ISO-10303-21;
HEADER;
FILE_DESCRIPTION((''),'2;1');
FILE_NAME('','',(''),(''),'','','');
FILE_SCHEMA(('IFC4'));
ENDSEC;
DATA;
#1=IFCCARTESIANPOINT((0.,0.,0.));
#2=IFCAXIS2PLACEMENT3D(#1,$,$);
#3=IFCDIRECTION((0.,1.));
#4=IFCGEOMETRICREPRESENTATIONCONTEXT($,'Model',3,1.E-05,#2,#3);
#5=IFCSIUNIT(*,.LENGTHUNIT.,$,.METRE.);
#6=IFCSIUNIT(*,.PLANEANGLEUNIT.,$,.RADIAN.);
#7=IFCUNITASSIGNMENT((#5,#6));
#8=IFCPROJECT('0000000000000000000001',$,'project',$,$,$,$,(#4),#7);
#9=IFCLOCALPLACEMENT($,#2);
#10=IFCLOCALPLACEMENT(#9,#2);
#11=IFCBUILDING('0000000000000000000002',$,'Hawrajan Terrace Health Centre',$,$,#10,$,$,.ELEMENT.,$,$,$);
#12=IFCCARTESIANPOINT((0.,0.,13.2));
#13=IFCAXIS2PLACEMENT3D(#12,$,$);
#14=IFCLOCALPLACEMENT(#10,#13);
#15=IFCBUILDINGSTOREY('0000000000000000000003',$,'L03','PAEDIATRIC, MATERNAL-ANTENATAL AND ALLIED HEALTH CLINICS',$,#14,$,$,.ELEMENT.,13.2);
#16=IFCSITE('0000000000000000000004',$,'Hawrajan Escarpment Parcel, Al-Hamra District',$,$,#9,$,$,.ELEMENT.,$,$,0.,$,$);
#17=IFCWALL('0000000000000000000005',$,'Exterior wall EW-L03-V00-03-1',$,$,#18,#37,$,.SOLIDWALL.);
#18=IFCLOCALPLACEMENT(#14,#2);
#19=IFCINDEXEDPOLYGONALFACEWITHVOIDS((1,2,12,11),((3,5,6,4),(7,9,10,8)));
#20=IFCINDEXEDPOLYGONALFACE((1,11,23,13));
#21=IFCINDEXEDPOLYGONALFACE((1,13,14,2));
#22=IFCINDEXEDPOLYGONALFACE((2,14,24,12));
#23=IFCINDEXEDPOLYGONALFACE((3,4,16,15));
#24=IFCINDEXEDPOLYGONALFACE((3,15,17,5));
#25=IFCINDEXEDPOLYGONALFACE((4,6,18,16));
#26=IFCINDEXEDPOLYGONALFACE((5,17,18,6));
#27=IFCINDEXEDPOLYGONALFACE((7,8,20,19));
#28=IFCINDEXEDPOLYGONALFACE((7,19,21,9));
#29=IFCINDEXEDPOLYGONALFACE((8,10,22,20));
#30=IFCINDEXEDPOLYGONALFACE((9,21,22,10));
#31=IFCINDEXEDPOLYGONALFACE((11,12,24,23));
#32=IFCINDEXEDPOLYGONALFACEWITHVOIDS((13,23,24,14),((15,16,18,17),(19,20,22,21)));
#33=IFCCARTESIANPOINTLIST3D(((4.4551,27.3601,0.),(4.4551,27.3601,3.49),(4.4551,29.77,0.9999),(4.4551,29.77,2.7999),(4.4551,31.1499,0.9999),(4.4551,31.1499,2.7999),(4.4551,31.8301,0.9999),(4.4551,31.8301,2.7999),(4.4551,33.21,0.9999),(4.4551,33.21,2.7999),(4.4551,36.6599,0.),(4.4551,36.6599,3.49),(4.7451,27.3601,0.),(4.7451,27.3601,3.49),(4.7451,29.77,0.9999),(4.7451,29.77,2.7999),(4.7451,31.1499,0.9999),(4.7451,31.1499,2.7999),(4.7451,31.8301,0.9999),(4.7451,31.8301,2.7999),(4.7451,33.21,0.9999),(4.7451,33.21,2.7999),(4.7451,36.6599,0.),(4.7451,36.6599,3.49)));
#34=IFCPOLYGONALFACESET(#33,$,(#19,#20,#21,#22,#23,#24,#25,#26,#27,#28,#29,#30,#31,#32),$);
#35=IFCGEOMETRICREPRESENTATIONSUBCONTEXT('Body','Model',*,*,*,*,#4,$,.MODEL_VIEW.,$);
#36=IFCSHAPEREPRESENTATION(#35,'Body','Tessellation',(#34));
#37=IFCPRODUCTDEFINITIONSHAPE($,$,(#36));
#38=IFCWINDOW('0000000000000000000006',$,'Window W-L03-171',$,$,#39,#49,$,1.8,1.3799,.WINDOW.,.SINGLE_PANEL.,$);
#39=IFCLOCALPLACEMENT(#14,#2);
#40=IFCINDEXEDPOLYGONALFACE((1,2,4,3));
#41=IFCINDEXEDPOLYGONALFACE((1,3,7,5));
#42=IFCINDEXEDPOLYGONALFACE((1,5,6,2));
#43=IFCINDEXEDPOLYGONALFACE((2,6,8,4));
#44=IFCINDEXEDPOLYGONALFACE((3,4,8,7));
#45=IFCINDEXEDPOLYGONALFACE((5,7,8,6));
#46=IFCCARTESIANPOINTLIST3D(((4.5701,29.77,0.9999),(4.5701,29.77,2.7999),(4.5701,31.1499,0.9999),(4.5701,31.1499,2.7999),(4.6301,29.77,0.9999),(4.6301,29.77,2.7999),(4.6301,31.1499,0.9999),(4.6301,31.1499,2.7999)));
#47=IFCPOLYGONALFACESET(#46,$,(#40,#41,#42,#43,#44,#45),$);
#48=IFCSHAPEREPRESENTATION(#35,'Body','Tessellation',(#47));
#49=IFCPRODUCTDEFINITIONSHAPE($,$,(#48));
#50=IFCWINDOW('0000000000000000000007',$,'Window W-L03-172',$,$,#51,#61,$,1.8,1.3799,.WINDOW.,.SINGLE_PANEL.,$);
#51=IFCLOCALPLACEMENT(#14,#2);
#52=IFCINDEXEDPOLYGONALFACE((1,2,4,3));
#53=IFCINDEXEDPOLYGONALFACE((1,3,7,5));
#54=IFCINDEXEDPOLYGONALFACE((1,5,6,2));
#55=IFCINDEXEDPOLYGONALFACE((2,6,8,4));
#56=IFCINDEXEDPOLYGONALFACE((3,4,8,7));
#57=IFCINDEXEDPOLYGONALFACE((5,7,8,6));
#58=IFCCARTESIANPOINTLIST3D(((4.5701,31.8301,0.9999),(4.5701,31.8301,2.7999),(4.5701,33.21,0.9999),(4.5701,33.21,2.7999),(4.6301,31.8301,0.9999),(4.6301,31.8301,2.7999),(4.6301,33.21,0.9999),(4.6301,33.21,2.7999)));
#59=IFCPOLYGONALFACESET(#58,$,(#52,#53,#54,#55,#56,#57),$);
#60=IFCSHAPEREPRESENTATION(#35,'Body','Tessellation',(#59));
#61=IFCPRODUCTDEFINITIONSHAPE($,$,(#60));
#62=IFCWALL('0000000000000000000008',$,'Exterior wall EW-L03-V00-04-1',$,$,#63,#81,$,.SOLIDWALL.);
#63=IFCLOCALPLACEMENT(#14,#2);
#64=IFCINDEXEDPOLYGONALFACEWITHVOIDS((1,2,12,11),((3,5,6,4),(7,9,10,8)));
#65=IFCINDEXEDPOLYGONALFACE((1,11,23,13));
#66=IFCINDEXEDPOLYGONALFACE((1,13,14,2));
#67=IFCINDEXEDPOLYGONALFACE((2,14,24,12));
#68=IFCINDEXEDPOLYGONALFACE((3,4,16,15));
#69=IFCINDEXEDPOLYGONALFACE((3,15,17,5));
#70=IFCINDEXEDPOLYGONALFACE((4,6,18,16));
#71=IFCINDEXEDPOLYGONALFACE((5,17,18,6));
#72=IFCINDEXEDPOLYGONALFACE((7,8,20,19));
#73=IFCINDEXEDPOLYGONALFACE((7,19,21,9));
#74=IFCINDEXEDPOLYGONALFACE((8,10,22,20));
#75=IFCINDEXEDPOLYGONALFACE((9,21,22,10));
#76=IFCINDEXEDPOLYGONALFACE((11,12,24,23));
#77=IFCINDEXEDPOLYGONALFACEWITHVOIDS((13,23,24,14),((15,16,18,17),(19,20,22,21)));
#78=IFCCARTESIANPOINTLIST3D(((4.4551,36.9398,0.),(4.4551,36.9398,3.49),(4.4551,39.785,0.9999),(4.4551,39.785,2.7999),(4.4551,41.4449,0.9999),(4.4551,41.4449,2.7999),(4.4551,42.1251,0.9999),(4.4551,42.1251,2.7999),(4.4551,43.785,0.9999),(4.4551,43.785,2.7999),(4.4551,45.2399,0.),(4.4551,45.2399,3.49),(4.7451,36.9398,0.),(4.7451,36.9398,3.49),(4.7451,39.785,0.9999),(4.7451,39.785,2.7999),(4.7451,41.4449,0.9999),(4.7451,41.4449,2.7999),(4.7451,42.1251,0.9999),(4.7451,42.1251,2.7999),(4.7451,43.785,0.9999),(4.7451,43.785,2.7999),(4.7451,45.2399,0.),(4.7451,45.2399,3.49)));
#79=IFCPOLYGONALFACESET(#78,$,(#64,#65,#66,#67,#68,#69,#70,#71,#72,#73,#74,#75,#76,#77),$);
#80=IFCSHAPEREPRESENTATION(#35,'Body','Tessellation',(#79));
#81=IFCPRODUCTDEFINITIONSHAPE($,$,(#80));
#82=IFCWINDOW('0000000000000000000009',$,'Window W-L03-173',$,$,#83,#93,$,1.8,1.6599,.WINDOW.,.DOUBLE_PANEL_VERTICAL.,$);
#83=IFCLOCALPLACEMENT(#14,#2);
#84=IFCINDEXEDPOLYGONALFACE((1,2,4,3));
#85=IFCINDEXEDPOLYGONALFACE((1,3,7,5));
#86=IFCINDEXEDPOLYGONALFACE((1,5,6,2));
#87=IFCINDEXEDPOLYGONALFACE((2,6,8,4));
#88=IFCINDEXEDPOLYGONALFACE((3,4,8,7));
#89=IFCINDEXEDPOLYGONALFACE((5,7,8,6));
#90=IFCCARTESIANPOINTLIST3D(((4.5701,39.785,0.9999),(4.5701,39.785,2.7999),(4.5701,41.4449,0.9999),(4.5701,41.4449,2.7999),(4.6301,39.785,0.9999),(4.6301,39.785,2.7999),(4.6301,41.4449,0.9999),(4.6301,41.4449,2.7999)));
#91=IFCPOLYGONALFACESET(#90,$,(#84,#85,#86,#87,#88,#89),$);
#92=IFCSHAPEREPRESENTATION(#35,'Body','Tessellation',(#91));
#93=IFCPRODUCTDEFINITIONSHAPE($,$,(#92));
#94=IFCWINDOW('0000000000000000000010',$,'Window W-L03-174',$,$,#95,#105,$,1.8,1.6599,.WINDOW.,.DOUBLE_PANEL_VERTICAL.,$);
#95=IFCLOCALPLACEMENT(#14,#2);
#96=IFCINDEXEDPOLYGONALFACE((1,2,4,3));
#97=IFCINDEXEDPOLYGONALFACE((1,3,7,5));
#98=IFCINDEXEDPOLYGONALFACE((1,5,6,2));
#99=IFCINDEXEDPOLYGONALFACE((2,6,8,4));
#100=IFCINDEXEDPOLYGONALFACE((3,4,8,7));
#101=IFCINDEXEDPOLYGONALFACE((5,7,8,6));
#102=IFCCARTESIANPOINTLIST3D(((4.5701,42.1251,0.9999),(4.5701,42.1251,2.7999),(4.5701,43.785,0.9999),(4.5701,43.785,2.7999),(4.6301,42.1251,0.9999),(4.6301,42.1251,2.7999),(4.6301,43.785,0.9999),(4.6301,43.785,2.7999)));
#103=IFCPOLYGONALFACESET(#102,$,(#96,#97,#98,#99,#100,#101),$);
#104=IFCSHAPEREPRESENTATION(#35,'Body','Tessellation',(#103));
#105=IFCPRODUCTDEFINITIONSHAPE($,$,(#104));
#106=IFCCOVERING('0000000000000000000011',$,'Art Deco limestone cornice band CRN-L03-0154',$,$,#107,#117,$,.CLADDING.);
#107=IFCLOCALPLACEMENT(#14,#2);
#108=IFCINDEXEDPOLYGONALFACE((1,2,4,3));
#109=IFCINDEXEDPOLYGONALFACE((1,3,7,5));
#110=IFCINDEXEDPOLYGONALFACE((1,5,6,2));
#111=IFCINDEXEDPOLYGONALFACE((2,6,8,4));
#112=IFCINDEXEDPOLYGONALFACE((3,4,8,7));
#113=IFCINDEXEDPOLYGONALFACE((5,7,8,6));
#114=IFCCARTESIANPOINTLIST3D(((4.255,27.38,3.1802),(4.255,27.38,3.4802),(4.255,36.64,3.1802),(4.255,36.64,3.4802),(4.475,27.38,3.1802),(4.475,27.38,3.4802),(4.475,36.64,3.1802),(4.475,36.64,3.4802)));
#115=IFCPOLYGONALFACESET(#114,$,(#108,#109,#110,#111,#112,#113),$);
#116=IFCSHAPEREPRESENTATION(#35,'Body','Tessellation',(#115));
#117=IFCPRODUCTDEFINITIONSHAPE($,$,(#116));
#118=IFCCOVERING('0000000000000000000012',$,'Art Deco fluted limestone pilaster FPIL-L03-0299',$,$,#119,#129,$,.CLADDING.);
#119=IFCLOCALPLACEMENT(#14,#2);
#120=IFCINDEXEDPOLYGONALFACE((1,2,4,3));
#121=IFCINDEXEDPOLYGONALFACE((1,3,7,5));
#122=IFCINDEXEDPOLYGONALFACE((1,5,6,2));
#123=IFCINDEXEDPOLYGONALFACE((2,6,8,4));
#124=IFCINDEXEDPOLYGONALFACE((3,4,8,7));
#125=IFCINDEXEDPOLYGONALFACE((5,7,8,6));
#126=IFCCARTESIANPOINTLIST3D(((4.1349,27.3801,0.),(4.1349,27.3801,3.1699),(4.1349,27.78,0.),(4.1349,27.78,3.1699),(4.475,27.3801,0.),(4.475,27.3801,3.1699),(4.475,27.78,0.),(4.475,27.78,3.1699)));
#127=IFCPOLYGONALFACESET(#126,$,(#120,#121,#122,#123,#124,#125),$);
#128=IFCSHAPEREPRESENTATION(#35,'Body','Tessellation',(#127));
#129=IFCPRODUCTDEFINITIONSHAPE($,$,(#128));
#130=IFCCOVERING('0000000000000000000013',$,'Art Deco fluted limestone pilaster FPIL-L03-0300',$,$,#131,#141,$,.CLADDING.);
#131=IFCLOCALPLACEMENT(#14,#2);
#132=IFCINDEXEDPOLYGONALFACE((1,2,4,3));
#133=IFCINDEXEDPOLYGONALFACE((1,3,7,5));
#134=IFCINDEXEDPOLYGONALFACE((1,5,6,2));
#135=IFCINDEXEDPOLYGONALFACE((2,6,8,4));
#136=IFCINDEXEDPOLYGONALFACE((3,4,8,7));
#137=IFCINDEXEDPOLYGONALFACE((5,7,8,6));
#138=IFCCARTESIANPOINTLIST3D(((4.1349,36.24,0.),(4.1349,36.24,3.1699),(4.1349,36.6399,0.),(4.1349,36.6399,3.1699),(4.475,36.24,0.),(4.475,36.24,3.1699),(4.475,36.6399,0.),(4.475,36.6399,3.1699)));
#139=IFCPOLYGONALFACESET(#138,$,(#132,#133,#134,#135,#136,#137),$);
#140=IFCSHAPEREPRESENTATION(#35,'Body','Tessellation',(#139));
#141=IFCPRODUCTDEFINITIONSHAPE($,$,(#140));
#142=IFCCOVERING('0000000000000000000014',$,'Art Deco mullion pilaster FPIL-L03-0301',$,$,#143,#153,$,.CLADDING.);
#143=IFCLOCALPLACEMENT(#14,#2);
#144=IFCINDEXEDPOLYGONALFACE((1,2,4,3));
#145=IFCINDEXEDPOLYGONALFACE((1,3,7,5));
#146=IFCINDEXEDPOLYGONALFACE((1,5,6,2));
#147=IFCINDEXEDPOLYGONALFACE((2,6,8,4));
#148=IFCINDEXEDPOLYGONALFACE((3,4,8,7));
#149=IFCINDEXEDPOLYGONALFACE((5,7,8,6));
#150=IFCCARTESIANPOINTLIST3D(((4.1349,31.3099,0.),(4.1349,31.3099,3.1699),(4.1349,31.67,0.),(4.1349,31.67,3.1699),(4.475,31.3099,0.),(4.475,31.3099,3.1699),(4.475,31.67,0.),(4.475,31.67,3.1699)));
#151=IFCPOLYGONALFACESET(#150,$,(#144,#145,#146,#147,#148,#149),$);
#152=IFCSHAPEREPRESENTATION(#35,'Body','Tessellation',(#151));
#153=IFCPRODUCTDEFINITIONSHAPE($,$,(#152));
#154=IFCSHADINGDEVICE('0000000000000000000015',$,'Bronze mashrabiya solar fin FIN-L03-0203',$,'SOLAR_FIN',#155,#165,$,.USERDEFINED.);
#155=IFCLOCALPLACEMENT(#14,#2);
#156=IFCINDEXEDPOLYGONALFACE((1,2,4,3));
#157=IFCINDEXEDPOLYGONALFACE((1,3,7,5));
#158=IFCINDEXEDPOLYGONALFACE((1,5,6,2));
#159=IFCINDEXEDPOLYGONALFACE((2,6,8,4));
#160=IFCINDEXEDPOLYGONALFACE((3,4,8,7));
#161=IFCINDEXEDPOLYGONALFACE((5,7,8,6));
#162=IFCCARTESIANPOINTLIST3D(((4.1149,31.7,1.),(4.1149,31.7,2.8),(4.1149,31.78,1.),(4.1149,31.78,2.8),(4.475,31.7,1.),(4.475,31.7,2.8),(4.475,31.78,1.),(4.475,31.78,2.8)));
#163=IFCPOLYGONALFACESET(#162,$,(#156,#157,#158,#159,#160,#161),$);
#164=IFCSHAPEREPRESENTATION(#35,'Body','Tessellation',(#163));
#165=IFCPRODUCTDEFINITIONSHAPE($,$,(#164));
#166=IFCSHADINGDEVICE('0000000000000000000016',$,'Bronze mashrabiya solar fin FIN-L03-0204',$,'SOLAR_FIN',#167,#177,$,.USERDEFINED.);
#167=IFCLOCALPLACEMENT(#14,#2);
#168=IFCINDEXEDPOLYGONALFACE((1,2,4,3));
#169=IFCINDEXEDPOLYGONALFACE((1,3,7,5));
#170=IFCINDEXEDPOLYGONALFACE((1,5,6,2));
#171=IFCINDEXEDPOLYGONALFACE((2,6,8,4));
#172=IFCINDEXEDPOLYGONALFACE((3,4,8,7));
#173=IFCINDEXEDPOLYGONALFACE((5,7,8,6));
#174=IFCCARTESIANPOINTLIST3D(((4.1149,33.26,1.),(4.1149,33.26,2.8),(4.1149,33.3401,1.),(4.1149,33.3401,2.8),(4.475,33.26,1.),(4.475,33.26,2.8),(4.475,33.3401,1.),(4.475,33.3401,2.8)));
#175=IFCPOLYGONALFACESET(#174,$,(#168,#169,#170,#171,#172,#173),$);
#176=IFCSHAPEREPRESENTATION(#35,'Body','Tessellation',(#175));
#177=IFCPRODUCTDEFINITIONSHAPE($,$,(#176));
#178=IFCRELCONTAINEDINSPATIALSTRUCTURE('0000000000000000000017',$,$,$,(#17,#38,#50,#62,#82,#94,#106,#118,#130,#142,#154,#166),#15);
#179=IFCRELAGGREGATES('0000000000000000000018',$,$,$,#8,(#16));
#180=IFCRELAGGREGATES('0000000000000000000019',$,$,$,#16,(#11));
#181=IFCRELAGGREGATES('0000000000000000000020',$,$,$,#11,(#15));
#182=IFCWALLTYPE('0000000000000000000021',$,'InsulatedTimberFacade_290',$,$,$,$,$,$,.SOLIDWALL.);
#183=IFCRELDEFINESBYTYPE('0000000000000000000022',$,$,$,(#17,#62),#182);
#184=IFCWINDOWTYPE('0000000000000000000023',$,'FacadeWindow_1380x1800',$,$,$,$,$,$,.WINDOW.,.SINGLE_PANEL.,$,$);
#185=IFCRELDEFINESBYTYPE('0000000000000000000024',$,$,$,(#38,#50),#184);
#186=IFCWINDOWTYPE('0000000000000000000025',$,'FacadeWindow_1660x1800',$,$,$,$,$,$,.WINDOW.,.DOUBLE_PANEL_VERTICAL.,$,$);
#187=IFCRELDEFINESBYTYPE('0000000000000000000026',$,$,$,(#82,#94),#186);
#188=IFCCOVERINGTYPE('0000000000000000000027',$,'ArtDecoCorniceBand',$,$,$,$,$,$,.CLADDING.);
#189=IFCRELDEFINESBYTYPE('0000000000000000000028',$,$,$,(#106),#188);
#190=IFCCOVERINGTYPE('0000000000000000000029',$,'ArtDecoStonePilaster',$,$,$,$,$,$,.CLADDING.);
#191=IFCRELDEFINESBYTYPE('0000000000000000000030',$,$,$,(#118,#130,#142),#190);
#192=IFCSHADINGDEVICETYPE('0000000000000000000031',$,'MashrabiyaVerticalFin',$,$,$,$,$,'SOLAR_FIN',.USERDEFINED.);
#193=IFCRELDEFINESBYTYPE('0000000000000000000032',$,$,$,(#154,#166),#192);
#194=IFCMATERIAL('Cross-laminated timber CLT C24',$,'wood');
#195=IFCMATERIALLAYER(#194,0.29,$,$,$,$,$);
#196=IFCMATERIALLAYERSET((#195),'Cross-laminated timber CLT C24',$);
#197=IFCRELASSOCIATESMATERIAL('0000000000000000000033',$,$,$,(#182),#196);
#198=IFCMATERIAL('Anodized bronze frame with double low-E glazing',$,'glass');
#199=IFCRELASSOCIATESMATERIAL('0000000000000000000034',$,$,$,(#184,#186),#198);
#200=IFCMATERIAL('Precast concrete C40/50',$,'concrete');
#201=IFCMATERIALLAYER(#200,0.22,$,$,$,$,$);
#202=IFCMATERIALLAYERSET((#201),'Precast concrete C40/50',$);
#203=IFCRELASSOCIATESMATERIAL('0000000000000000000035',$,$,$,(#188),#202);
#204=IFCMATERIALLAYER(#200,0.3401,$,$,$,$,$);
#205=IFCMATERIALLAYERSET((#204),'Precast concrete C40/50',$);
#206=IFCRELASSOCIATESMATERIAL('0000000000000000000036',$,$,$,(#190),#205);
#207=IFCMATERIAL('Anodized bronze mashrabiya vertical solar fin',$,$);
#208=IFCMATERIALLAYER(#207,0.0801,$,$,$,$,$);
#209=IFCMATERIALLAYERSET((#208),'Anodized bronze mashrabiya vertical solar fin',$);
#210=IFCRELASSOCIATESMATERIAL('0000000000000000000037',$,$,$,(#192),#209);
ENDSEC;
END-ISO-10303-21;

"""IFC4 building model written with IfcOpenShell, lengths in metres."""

from ifc_helpers import new_model, si_unit, direction, frame, frame_2d, origin, origin_2d, place, context, subcontext, project, spatial, rectangle, extrude, material, layer, layer_set, type_object, element, fill, save


model = new_model("IFC4")

# Units and contexts
model_context = context("Model", 3, precision=1e-05, world=origin(), true_north=direction((0.0, 1.0)))
body_context = subcontext(model_context, "Body", "Model", "MODEL_VIEW")
ifc_project = project(units=[si_unit("LENGTHUNIT", "METRE"), si_unit("PLANEANGLEUNIT", "RADIAN")], contexts=[model_context])

# Site, building, storey
site_placement = place(None, origin())
site = spatial("IfcSite", under=ifc_project, at=site_placement, Name="Hawrajan Escarpment Parcel, Al-Hamra District", CompositionType="ELEMENT", RefElevation=0.0)
building_placement = place(site_placement, origin())
building = spatial("IfcBuilding", under=site, at=building_placement, Name="Hawrajan Terrace Health Centre", CompositionType="ELEMENT")
storey_placement = place(building_placement, frame((0.0, 0.0, 13.2)))
storey = spatial("IfcBuildingStorey", under=building, at=storey_placement, Name="L03", Description="PAEDIATRIC, MATERNAL-ANTENATAL AND ALLIED HEALTH CLINICS", CompositionType="ELEMENT", Elevation=13.2)

# Walls, openings, windows
ifc_material_1 = material(Name="Cross-laminated timber CLT C24", Category="wood")
ifc_layer_1 = layer(ifc_material_1, 0.29)
ifc_layer_set_1 = layer_set([ifc_layer_1], Name="Cross-laminated timber CLT C24")
wall_type_1 = type_object("IfcWallType", Name="InsulatedTimberFacade_290", PredefinedType="SOLIDWALL", material=ifc_layer_set_1)
wall_1_placement = place(storey_placement, frame((4.6001, 27.3601, 0.0), z_axis=(0.0, 0.0, 1.0), x_axis=(0.0, 1.0, 0.0)))
wall_1 = element("IfcWall", 1, at=wall_1_placement, inside=storey, type_object=wall_type_1, Name="Exterior wall EW-L03-V00-03-1", PredefinedType="SOLIDWALL", context=body_context, shape_type="SweptSolid", body=[
    extrude(rectangle(XDim=9.2998, YDim=0.29, at=frame_2d((4.6499, 0.0))), origin(), (0.0, 0.0, 1.0), 3.49),
])
opening_1_placement = place(wall_1_placement, frame((2.4099, 0.0, 1.0)))
opening_1 = element("IfcOpeningElement", 2, at=opening_1_placement, cuts=wall_1, PredefinedType="OPENING", context=body_context, shape_type="SweptSolid", body=[
    extrude(rectangle(XDim=1.3799, YDim=1.8, at=frame_2d((0.6899, 0.8999))), frame((0.0, 0.155, 0.0), z_axis=(0.0, -1.0, 0.0), x_axis=(1.0, 0.0, 0.0)), (0.0, 0.0, 1.0), 0.3101),
])
opening_2_placement = place(wall_1_placement, frame((4.47, 0.0, 1.0)))
opening_2 = element("IfcOpeningElement", 3, at=opening_2_placement, cuts=wall_1, PredefinedType="OPENING", context=body_context, shape_type="SweptSolid", body=[
    extrude(rectangle(XDim=1.3799, YDim=1.8, at=frame_2d((0.6899, 0.8999))), frame((0.0, 0.155, 0.0), z_axis=(0.0, -1.0, 0.0), x_axis=(1.0, 0.0, 0.0)), (0.0, 0.0, 1.0), 0.3101),
])
ifc_material_2 = material(Name="Anodized bronze frame with double low-E glazing", Category="glass")
window_type_1 = type_object("IfcWindowType", Name="FacadeWindow_1380x1800", PartitioningType="SINGLE_PANEL", PredefinedType="WINDOW", material=ifc_material_2)
window_1_placement = place(opening_1_placement, origin())
window_1 = element("IfcWindow", 4, at=window_1_placement, inside=storey, type_object=window_type_1, Name="Window W-L03-171", OverallHeight=1.8, OverallWidth=1.3799, PartitioningType="SINGLE_PANEL", PredefinedType="WINDOW", context=body_context, shape_type="SweptSolid", body=[
    extrude(rectangle(XDim=1.3799, YDim=1.8, at=frame_2d((0.6899, 0.8999))), frame((0.0, 0.03, 0.0), z_axis=(0.0, -1.0, 0.0), x_axis=(1.0, 0.0, 0.0)), (0.0, 0.0, 1.0), 0.0601),
])
fill(opening_1, window_1)
window_2_placement = place(opening_2_placement, origin())
window_2 = element("IfcWindow", 5, at=window_2_placement, inside=storey, type_object=window_type_1, Name="Window W-L03-172", OverallHeight=1.8, OverallWidth=1.3799, PartitioningType="SINGLE_PANEL", PredefinedType="WINDOW", context=body_context, shape_type="SweptSolid", body=[
    extrude(rectangle(XDim=1.3799, YDim=1.8, at=frame_2d((0.6899, 0.8999))), frame((0.0, 0.03, 0.0), z_axis=(0.0, -1.0, 0.0), x_axis=(1.0, 0.0, 0.0)), (0.0, 0.0, 1.0), 0.0601),
])
fill(opening_2, window_2)
wall_2_placement = place(storey_placement, frame((4.6001, 36.9399, 0.0), z_axis=(0.0, 0.0, 1.0), x_axis=(0.0, 1.0, 0.0)))
wall_2 = element("IfcWall", 6, at=wall_2_placement, inside=storey, type_object=wall_type_1, Name="Exterior wall EW-L03-V00-04-1", PredefinedType="SOLIDWALL", context=body_context, shape_type="SweptSolid", body=[
    extrude(rectangle(XDim=8.3, YDim=0.29, at=frame_2d((4.1499, 0.0))), origin(), (0.0, 0.0, 1.0), 3.49),
])
opening_3_placement = place(wall_2_placement, frame((2.845, 0.0, 1.0)))
opening_3 = element("IfcOpeningElement", 7, at=opening_3_placement, cuts=wall_2, PredefinedType="OPENING", context=body_context, shape_type="SweptSolid", body=[
    extrude(rectangle(XDim=1.6599, YDim=1.8, at=frame_2d((0.8301, 0.8999))), frame((0.0, 0.155, 0.0), z_axis=(0.0, -1.0, 0.0), x_axis=(1.0, 0.0, 0.0)), (0.0, 0.0, 1.0), 0.3101),
])
opening_4_placement = place(wall_2_placement, frame((5.1851, 0.0, 1.0)))
opening_4 = element("IfcOpeningElement", 8, at=opening_4_placement, cuts=wall_2, PredefinedType="OPENING", context=body_context, shape_type="SweptSolid", body=[
    extrude(rectangle(XDim=1.6599, YDim=1.8, at=frame_2d((0.8301, 0.8999))), frame((0.0, 0.155, 0.0), z_axis=(0.0, -1.0, 0.0), x_axis=(1.0, 0.0, 0.0)), (0.0, 0.0, 1.0), 0.3101),
])
window_type_2 = type_object("IfcWindowType", Name="FacadeWindow_1660x1800", PartitioningType="DOUBLE_PANEL_VERTICAL", PredefinedType="WINDOW", material=ifc_material_2)
window_3_placement = place(opening_3_placement, origin())
window_3 = element("IfcWindow", 9, at=window_3_placement, inside=storey, type_object=window_type_2, Name="Window W-L03-173", OverallHeight=1.8, OverallWidth=1.6599, PartitioningType="DOUBLE_PANEL_VERTICAL", PredefinedType="WINDOW", context=body_context, shape_type="SweptSolid", body=[
    extrude(rectangle(XDim=1.6599, YDim=1.8, at=frame_2d((0.8301, 0.8999))), frame((0.0, 0.03, 0.0), z_axis=(0.0, -1.0, 0.0), x_axis=(1.0, 0.0, 0.0)), (0.0, 0.0, 1.0), 0.0601),
])
fill(opening_3, window_3)
window_4_placement = place(opening_4_placement, origin())
window_4 = element("IfcWindow", 10, at=window_4_placement, inside=storey, type_object=window_type_2, Name="Window W-L03-174", OverallHeight=1.8, OverallWidth=1.6599, PartitioningType="DOUBLE_PANEL_VERTICAL", PredefinedType="WINDOW", context=body_context, shape_type="SweptSolid", body=[
    extrude(rectangle(XDim=1.6599, YDim=1.8, at=frame_2d((0.8301, 0.8999))), frame((0.0, 0.03, 0.0), z_axis=(0.0, -1.0, 0.0), x_axis=(1.0, 0.0, 0.0)), (0.0, 0.0, 1.0), 0.0601),
])
fill(opening_4, window_4)

# Coverings
ifc_material_3 = material(Name="Precast concrete C40/50", Category="concrete")
ifc_layer_2 = layer(ifc_material_3, 0.22)
ifc_layer_set_2 = layer_set([ifc_layer_2], Name="Precast concrete C40/50")
covering_type_1 = type_object("IfcCoveringType", Name="ArtDecoCorniceBand", PredefinedType="CLADDING", material=ifc_layer_set_2)
covering_1_placement = place(storey_placement, frame((4.365, 32.01, 3.1802), z_axis=(0.0, 0.0, 1.0), x_axis=(0.0, 1.0, 0.0)))
element("IfcCovering", 11, at=covering_1_placement, inside=storey, type_object=covering_type_1, Name="Art Deco limestone cornice band CRN-L03-0154", PredefinedType="CLADDING", context=body_context, shape_type="SweptSolid", body=[
    extrude(rectangle(XDim=9.26, YDim=0.22, at=origin_2d()), origin(), (0.0, 0.0, 1.0), 0.3),
])
ifc_layer_3 = layer(ifc_material_3, 0.3401)
ifc_layer_set_3 = layer_set([ifc_layer_3], Name="Precast concrete C40/50")
covering_type_2 = type_object("IfcCoveringType", Name="ArtDecoStonePilaster", PredefinedType="CLADDING", material=ifc_layer_set_3)
for number, where, z_axis, x_axis, name in (
    (12, (4.3049, 27.5801, 0.0), (0.0, 0.0, 1.0), (0.0, 1.0, 0.0), "Art Deco fluted limestone pilaster FPIL-L03-0299"),
    (13, (4.3049, 36.4399, 0.0), (0.0, 0.0, 1.0), (0.0, 1.0, 0.0), "Art Deco fluted limestone pilaster FPIL-L03-0300"),
):
    element("IfcCovering", number, at=place(storey_placement, frame(where, z_axis=z_axis, x_axis=x_axis)), inside=storey, type_object=covering_type_2, Name=name, PredefinedType="CLADDING", context=body_context, shape_type="SweptSolid", body=[
        extrude(rectangle(XDim=0.3999, YDim=0.3401, at=origin_2d()), origin(), (0.0, 0.0, 1.0), 3.1699),
    ])
covering_2_placement = place(storey_placement, frame((4.3049, 31.49, 0.0), z_axis=(0.0, 0.0, 1.0), x_axis=(0.0, 1.0, 0.0)))
element("IfcCovering", 14, at=covering_2_placement, inside=storey, type_object=covering_type_2, Name="Art Deco mullion pilaster FPIL-L03-0301", PredefinedType="CLADDING", context=body_context, shape_type="SweptSolid", body=[
    extrude(rectangle(XDim=0.3601, YDim=0.3401, at=origin_2d()), origin(), (0.0, 0.0, 1.0), 3.1699),
])

# Shading devices
ifc_material_4 = material(Name="Anodized bronze mashrabiya vertical solar fin")
ifc_layer_4 = layer(ifc_material_4, 0.0801)
ifc_layer_set_4 = layer_set([ifc_layer_4], Name="Anodized bronze mashrabiya vertical solar fin")
shading_device_type_1 = type_object("IfcShadingDeviceType", Name="MashrabiyaVerticalFin", ElementType="SOLAR_FIN", PredefinedType="USERDEFINED", material=ifc_layer_set_4)
for number, where, z_axis, x_axis, name in (
    (15, (4.2949, 31.74, 1.0), (0.0, 0.0, 1.0), (0.0, 1.0, 0.0), "Bronze mashrabiya solar fin FIN-L03-0203"),
    (16, (4.2949, 33.3, 1.0), (0.0, 0.0, 1.0), (0.0, 1.0, 0.0), "Bronze mashrabiya solar fin FIN-L03-0204"),
):
    element("IfcShadingDevice", number, at=place(storey_placement, frame(where, z_axis=z_axis, x_axis=x_axis)), inside=storey, type_object=shading_device_type_1, Name=name, ObjectType="SOLAR_FIN", PredefinedType="USERDEFINED", context=body_context, shape_type="SweptSolid", body=[
        extrude(rectangle(XDim=0.0801, YDim=0.3601, at=origin_2d()), origin(), (0.0, 0.0, 1.0), 1.8),
    ])

save(model, "model.ifc")
